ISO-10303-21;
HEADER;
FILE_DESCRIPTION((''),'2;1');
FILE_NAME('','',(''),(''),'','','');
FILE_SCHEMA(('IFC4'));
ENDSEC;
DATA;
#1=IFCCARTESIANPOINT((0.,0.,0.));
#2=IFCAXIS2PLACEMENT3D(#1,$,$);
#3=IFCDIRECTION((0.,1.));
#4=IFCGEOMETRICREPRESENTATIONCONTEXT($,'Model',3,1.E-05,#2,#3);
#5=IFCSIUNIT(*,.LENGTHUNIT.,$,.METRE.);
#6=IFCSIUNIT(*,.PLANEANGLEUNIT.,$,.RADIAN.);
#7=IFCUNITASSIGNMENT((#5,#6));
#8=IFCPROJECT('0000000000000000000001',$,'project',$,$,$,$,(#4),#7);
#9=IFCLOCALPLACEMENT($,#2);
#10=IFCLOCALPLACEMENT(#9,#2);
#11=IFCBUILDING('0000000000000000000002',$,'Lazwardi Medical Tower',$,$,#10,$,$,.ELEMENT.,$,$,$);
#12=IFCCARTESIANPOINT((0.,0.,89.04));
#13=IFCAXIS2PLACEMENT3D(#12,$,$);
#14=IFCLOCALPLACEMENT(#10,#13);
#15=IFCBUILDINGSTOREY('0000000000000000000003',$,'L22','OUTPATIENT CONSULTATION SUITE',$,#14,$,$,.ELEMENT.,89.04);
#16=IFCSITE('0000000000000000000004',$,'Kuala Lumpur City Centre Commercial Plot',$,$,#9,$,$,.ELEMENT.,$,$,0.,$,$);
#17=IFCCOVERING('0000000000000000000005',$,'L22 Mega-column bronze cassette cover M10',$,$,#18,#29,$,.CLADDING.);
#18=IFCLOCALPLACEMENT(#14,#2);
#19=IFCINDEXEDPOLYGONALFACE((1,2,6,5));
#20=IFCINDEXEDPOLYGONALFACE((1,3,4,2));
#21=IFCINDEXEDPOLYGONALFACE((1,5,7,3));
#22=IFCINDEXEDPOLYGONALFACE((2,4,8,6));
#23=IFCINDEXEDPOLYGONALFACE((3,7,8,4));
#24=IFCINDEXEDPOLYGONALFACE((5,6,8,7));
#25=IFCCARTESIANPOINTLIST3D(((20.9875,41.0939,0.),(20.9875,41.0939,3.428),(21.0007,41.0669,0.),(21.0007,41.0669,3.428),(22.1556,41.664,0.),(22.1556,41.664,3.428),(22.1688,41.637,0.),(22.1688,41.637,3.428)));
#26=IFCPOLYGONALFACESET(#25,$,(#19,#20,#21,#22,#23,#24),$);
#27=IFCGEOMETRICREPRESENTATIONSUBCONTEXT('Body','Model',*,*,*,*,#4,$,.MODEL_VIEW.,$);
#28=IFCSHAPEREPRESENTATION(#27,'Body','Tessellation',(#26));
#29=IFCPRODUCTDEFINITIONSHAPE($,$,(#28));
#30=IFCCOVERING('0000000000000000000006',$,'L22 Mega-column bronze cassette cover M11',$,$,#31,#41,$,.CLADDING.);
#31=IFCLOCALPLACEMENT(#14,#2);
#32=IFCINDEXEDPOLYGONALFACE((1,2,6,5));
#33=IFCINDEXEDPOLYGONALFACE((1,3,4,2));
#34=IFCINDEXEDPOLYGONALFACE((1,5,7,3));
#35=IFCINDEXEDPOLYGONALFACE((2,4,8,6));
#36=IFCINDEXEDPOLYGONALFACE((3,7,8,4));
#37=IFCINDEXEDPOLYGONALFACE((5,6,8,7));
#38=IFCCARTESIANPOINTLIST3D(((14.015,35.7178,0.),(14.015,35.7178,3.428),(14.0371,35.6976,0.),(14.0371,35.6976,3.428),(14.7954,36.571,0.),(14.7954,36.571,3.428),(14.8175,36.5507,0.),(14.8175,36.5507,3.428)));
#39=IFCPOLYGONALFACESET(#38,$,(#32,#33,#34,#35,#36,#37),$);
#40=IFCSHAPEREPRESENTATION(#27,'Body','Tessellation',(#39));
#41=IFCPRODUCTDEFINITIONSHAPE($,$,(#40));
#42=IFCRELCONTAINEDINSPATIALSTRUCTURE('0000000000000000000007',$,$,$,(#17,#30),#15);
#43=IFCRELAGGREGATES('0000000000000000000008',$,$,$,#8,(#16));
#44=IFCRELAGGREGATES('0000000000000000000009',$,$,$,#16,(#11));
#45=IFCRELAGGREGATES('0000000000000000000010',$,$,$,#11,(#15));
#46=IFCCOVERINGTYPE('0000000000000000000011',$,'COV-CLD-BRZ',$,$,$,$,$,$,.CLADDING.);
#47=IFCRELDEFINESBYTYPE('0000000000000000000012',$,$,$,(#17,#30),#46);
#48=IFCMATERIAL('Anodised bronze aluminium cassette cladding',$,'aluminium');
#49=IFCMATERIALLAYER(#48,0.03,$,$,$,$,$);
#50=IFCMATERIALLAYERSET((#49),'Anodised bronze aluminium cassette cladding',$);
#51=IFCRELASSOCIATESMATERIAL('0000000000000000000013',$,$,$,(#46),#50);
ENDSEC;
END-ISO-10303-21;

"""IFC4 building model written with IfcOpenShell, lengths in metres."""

from ifc_helpers import new_model, si_unit, direction, frame, origin, origin_2d, place, context, subcontext, project, spatial, rectangle, extrude, material, layer, layer_set, type_object, element, save


model = new_model("IFC4")

# Units and contexts
model_context = context("Model", 3, precision=1e-05, world=origin(), true_north=direction((0.0, 1.0)))
body_context = subcontext(model_context, "Body", "Model", "MODEL_VIEW")
ifc_project = project(units=[si_unit("LENGTHUNIT", "METRE"), si_unit("PLANEANGLEUNIT", "RADIAN")], contexts=[model_context])

# Site, building, storey
site_placement = place(None, origin())
site = spatial("IfcSite", under=ifc_project, at=site_placement, Name="Kuala Lumpur City Centre Commercial Plot", CompositionType="ELEMENT", RefElevation=0.0)
building_placement = place(site_placement, origin())
building = spatial("IfcBuilding", under=site, at=building_placement, Name="Lazwardi Medical Tower", CompositionType="ELEMENT")
storey_placement = place(building_placement, frame((0.0, 0.0, 89.04)))
storey = spatial("IfcBuildingStorey", under=building, at=storey_placement, Name="L22", Description="OUTPATIENT CONSULTATION SUITE", CompositionType="ELEMENT", Elevation=89.04)

# Coverings
ifc_material_1 = material(Name="Anodised bronze aluminium cassette cladding", Category="aluminium")
ifc_layer_1 = layer(ifc_material_1, 0.03)
ifc_layer_set_1 = layer_set([ifc_layer_1], Name="Anodised bronze aluminium cassette cladding")
covering_type = type_object("IfcCoveringType", Name="COV-CLD-BRZ", PredefinedType="CLADDING", material=ifc_layer_set_1)
covering_1_placement = place(storey_placement, frame((21.5781, 41.3655, 0.0), z_axis=(0.0, 0.0, 1.0), x_axis=(-0.898679, -0.438606, 0.0)))
element("IfcCovering", 1, at=covering_1_placement, inside=storey, type_object=covering_type, Name="L22 Mega-column bronze cassette cover M10", PredefinedType="CLADDING", context=body_context, shape_type="SweptSolid", body=[
    extrude(rectangle(XDim=1.2998, YDim=0.03, at=origin_2d()), origin(), (0.0, 0.0, 1.0), 3.428),
])
covering_2_placement = place(storey_placement, frame((14.4163, 36.1343, 0.0), z_axis=(0.0, 0.0, 1.0), x_axis=(-0.674926, -0.737885, 0.0)))
element("IfcCovering", 2, at=covering_2_placement, inside=storey, type_object=covering_type, Name="L22 Mega-column bronze cassette cover M11", PredefinedType="CLADDING", context=body_context, shape_type="SweptSolid", body=[
    extrude(rectangle(XDim=1.1562, YDim=0.03, at=origin_2d()), origin(), (0.0, 0.0, 1.0), 3.428),
])

save(model, "model.ifc")
